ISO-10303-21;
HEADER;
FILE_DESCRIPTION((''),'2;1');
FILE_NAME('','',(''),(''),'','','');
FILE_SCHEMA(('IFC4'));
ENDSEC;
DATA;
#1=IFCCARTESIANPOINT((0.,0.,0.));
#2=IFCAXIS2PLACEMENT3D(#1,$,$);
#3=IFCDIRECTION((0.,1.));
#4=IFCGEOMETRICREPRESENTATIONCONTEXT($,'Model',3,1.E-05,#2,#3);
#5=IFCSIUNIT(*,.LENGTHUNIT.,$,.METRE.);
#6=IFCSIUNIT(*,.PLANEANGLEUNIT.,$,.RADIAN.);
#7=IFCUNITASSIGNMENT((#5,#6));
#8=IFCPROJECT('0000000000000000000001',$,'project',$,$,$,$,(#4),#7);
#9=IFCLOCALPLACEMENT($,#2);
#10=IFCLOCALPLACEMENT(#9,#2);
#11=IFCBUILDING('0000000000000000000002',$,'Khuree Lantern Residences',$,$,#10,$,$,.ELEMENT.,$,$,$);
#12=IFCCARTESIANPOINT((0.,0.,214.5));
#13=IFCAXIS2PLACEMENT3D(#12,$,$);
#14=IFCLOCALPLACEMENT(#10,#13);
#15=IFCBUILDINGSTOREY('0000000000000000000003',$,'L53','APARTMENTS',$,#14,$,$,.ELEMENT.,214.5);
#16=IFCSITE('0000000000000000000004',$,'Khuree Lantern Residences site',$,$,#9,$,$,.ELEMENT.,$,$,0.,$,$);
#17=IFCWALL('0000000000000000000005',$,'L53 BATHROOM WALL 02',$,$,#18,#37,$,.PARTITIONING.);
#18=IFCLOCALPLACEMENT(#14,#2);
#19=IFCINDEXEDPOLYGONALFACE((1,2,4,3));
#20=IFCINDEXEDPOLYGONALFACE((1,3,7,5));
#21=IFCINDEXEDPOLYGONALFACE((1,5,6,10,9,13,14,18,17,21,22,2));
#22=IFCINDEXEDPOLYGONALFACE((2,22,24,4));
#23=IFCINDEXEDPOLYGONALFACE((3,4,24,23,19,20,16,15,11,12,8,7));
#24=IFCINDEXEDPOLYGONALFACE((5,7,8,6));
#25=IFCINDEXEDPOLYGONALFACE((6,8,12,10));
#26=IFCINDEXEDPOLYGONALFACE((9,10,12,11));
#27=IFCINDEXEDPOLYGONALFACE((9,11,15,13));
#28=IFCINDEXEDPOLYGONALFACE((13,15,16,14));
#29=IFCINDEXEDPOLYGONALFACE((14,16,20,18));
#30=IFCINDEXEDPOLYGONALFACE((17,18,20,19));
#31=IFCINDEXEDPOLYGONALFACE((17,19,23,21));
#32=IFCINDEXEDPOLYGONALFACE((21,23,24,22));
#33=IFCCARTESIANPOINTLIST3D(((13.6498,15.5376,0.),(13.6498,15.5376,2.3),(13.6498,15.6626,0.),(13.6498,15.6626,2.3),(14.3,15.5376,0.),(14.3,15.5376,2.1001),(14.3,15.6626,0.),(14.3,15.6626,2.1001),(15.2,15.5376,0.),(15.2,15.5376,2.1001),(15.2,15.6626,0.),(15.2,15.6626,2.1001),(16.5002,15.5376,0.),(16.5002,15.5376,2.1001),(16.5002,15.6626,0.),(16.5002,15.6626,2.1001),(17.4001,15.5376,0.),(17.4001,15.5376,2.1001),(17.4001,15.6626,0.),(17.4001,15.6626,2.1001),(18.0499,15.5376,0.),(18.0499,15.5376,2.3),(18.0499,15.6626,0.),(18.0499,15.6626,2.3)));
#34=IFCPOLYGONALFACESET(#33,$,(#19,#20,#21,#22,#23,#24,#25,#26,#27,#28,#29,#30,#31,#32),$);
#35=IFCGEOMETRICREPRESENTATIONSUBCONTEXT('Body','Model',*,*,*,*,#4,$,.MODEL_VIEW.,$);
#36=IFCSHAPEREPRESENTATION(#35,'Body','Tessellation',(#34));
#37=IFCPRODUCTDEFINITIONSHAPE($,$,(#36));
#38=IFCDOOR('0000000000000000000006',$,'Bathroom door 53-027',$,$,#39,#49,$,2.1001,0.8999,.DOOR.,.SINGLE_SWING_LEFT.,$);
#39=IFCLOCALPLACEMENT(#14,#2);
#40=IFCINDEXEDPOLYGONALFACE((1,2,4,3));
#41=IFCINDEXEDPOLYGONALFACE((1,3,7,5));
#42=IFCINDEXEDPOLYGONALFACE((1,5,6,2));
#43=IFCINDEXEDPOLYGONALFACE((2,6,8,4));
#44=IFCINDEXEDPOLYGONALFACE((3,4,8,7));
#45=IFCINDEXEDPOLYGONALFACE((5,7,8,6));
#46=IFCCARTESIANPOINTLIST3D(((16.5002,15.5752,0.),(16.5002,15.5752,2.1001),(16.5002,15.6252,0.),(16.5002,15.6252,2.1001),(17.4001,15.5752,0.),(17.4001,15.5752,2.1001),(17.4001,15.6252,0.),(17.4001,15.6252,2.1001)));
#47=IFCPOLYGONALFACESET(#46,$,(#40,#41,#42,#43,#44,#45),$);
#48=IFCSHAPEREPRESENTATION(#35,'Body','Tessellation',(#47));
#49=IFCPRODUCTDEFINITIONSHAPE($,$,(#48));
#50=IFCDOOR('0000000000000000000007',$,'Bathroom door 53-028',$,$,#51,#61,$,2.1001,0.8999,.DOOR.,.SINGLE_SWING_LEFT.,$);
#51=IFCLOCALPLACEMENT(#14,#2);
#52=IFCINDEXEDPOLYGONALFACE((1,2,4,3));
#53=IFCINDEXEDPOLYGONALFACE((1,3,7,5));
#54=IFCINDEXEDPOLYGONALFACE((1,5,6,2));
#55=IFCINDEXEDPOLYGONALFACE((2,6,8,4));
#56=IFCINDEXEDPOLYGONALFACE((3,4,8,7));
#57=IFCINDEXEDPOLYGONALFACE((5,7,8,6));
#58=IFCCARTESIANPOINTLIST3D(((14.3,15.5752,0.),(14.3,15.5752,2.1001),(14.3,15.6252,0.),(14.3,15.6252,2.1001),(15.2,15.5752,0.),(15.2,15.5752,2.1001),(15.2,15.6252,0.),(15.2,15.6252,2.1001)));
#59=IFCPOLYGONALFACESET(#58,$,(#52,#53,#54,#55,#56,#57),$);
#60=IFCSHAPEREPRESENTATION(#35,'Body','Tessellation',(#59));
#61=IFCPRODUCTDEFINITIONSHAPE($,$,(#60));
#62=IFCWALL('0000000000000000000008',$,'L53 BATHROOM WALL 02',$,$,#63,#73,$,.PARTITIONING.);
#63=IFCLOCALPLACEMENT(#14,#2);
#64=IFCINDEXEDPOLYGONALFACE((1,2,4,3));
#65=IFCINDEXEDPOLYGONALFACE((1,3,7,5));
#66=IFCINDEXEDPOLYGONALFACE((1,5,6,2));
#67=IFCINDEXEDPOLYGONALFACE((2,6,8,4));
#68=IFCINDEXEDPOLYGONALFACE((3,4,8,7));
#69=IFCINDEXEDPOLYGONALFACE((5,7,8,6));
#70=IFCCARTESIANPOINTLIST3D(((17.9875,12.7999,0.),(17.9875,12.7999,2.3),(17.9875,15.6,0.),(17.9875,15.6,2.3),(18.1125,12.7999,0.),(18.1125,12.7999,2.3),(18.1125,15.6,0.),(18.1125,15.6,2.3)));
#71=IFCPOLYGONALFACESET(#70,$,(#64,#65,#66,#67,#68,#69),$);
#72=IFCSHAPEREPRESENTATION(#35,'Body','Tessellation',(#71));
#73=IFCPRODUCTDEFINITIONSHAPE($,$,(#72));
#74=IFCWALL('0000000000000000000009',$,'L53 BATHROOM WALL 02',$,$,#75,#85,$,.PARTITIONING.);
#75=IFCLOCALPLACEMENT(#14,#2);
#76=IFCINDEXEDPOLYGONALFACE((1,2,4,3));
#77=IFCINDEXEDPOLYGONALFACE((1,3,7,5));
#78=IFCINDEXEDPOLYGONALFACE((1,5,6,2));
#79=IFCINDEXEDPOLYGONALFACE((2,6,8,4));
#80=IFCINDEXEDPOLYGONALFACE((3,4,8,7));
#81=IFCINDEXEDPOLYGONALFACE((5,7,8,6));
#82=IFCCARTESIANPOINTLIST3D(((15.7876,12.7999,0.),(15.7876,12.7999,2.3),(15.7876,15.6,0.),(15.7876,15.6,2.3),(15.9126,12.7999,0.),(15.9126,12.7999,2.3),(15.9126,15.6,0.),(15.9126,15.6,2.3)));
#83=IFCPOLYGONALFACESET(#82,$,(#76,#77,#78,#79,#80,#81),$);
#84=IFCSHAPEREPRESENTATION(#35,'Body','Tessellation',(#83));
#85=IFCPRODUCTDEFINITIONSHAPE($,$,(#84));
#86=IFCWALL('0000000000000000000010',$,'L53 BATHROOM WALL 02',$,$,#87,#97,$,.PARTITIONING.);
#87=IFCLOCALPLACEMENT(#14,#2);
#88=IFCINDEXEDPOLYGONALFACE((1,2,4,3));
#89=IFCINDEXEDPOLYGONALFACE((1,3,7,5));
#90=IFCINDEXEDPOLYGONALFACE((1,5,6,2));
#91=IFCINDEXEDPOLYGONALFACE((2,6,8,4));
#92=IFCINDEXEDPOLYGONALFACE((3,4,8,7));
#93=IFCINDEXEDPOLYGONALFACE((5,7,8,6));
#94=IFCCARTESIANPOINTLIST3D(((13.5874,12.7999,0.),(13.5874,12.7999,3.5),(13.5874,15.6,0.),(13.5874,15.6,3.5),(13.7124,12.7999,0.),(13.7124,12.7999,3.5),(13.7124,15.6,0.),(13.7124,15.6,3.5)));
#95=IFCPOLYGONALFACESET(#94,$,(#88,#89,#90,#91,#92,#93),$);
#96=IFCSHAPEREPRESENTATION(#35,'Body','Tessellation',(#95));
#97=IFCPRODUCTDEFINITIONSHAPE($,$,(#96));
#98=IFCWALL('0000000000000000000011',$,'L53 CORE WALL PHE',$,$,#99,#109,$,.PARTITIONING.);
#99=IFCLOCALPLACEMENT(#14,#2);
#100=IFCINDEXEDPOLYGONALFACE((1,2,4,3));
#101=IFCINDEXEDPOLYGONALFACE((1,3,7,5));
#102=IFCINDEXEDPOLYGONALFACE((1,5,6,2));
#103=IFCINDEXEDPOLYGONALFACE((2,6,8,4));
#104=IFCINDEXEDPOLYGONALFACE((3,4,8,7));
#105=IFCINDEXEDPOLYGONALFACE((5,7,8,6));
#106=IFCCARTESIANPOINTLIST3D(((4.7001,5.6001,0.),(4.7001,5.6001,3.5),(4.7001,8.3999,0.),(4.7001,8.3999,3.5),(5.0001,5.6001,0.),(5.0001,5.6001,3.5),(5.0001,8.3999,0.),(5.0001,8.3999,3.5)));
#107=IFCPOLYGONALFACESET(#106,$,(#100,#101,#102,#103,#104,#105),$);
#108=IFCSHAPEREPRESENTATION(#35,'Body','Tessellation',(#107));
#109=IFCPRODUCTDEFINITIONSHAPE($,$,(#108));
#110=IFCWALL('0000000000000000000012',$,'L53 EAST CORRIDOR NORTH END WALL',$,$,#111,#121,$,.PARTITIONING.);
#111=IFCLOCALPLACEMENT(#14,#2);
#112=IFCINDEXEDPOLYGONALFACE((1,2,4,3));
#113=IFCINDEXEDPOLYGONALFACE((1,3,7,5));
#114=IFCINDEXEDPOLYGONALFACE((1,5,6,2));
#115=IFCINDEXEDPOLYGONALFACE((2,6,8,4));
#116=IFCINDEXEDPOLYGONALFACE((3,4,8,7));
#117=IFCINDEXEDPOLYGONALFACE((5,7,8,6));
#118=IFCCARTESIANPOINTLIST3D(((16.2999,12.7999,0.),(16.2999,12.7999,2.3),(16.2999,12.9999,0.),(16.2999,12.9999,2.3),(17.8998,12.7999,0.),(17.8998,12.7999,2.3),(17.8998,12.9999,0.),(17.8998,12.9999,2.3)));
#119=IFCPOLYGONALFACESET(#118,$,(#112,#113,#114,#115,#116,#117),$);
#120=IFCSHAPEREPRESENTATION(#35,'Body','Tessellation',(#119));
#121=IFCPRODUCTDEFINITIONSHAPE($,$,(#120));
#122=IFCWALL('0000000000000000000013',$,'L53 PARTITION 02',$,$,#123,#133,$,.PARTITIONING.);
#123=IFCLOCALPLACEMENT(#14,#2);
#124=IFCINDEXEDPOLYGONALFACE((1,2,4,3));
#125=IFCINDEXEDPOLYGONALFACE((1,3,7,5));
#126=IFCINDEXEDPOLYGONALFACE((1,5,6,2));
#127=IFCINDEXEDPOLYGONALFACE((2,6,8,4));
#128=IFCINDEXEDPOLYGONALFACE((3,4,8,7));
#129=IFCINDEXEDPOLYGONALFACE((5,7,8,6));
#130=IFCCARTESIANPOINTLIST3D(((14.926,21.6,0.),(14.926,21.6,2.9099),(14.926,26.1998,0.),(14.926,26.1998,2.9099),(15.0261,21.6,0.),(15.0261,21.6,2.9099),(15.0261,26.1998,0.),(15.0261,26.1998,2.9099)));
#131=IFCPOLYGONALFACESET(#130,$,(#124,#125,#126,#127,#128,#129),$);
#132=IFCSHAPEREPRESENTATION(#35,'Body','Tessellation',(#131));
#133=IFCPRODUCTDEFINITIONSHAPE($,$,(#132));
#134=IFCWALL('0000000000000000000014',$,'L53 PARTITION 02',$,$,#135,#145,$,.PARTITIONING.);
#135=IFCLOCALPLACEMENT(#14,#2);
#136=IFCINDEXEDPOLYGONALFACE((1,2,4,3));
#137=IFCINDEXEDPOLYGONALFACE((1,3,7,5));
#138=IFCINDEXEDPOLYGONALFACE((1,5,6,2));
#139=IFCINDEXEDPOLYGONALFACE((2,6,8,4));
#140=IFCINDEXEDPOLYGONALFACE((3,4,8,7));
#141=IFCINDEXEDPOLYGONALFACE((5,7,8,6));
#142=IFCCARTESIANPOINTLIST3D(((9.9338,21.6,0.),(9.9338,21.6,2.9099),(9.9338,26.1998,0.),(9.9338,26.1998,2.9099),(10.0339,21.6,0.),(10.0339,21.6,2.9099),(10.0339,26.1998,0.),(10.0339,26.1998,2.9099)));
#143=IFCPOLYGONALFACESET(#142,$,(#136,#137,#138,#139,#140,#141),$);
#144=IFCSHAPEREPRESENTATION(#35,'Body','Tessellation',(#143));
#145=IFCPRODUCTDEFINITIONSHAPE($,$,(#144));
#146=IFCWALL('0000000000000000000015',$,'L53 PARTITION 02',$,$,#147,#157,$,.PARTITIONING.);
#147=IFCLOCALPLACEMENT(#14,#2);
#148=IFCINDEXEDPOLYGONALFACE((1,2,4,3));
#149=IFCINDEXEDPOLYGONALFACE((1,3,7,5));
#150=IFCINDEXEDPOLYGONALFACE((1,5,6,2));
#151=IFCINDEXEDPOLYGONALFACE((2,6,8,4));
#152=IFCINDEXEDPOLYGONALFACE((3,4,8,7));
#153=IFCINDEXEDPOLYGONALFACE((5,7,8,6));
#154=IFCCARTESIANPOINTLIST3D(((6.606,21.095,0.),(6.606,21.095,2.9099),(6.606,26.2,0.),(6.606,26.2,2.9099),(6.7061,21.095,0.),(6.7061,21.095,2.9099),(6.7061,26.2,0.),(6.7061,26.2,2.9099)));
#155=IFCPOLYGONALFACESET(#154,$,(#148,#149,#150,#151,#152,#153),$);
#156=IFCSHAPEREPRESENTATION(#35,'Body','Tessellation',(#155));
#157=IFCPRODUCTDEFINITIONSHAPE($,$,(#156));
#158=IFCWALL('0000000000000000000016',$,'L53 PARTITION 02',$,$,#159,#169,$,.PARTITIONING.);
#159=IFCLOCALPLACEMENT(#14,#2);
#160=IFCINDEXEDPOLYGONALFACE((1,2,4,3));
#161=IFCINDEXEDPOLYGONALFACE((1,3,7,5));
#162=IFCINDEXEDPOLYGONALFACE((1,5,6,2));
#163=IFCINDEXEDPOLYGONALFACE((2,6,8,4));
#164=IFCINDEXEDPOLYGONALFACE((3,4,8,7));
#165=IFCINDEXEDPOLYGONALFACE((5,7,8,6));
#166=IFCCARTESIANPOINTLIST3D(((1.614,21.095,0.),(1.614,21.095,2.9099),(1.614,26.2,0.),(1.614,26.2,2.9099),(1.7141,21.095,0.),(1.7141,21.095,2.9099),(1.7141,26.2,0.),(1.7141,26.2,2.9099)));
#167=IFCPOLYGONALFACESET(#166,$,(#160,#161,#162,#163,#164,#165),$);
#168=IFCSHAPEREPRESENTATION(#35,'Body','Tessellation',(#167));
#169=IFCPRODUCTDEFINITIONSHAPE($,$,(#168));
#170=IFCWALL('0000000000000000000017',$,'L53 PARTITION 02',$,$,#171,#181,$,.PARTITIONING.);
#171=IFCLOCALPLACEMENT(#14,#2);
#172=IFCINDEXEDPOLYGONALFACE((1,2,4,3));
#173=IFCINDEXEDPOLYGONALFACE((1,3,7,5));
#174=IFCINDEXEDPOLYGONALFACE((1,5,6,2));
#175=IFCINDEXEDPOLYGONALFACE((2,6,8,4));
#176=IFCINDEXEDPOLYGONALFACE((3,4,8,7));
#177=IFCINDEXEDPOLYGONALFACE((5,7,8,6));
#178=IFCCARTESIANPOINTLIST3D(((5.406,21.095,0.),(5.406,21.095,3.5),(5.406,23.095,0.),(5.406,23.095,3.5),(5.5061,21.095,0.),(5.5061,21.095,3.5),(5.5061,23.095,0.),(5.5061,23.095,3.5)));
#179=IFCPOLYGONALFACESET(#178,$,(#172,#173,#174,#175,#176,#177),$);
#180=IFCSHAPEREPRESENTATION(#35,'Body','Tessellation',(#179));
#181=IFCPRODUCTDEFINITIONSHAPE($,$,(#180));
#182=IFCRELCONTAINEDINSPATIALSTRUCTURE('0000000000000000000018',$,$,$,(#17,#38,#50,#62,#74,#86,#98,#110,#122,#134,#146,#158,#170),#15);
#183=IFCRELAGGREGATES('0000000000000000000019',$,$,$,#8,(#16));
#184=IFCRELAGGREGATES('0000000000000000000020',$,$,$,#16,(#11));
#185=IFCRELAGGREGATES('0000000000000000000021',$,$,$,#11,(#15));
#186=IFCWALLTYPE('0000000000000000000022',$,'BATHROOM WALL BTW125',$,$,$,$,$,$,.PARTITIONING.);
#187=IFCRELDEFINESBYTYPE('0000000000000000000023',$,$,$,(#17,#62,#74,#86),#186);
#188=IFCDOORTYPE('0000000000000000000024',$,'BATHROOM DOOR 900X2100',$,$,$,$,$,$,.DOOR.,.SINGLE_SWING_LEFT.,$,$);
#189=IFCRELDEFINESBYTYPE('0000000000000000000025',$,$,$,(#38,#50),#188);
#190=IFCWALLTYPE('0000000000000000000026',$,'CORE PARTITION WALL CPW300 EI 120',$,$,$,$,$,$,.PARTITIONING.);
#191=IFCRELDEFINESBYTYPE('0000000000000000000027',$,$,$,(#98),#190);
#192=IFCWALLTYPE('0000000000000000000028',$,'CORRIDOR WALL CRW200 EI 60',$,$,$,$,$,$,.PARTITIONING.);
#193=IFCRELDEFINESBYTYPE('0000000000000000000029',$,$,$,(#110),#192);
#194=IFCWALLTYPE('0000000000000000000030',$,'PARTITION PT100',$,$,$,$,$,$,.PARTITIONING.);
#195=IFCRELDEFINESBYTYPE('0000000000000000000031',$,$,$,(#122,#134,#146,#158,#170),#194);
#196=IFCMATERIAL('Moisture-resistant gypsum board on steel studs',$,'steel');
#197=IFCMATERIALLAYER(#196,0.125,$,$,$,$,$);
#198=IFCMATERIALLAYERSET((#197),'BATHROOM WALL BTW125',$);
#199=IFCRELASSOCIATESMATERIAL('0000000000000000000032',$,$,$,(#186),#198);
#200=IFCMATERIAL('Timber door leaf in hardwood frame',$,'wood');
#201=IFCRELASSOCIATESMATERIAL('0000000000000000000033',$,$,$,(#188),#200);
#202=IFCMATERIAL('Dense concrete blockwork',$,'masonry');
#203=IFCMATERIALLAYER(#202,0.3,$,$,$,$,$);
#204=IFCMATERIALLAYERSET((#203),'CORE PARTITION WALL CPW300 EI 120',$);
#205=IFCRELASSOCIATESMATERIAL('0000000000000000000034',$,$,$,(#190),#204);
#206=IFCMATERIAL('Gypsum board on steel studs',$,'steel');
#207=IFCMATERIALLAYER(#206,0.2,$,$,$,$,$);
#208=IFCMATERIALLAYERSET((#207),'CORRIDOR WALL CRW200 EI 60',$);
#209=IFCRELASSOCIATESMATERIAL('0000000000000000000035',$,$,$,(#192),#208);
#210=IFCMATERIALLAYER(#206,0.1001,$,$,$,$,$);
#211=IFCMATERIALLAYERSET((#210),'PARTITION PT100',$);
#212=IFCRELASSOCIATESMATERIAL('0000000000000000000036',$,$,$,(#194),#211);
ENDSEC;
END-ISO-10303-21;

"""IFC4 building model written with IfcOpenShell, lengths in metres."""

from ifc_helpers import new_model, si_unit, direction, frame, frame_2d, origin, place, context, subcontext, project, spatial, rectangle, extrude, material, layer, layer_set, type_object, element, fill, save


model = new_model("IFC4")

# Units and contexts
model_context = context("Model", 3, precision=1e-05, world=origin(), true_north=direction((0.0, 1.0)))
body_context = subcontext(model_context, "Body", "Model", "MODEL_VIEW")
ifc_project = project(units=[si_unit("LENGTHUNIT", "METRE"), si_unit("PLANEANGLEUNIT", "RADIAN")], contexts=[model_context])

# Site, building, storey
site_placement = place(None, origin())
site = spatial("IfcSite", under=ifc_project, at=site_placement, Name="Khuree Lantern Residences site", CompositionType="ELEMENT", RefElevation=0.0)
building_placement = place(site_placement, origin())
building = spatial("IfcBuilding", under=site, at=building_placement, Name="Khuree Lantern Residences", CompositionType="ELEMENT")
storey_placement = place(building_placement, frame((0.0, 0.0, 214.5)))
storey = spatial("IfcBuildingStorey", under=building, at=storey_placement, Name="L53", Description="APARTMENTS", CompositionType="ELEMENT", Elevation=214.5)

# Wall, openings, doors
ifc_material_1 = material(Name="Moisture-resistant gypsum board on steel studs", Category="steel")
ifc_layer_1 = layer(ifc_material_1, 0.125)
ifc_layer_set_1 = layer_set([ifc_layer_1], Name="BATHROOM WALL BTW125")
wall_type_1 = type_object("IfcWallType", Name="BATHROOM WALL BTW125", PredefinedType="PARTITIONING", material=ifc_layer_set_1)
wall_1_placement = place(storey_placement, frame((18.05, 15.6001, 0.0), z_axis=(0.0, 0.0, 1.0), x_axis=(-1.0, 0.0, 0.0)))
wall_1 = element("IfcWall", 1, at=wall_1_placement, inside=storey, type_object=wall_type_1, Name="L53 BATHROOM WALL 02", PredefinedType="PARTITIONING", context=body_context, shape_type="SweptSolid", body=[
    extrude(rectangle(XDim=4.4001, YDim=0.125, at=frame_2d((2.2002, 0.0))), origin(), (0.0, 0.0, 1.0), 2.3),
])
opening_1_placement = place(wall_1_placement, frame((0.6499, 0.0, 0.0)))
opening_1 = element("IfcOpeningElement", 2, at=opening_1_placement, cuts=wall_1, PredefinedType="OPENING", context=body_context, shape_type="SweptSolid", body=[
    extrude(rectangle(XDim=0.8999, YDim=2.1001, at=frame_2d((0.45, 1.05))), frame((0.0, 0.0725, 0.0), z_axis=(0.0, -1.0, 0.0), x_axis=(1.0, 0.0, 0.0)), (0.0, 0.0, 1.0), 0.145),
])
opening_2_placement = place(wall_1_placement, frame((2.8501, 0.0, 0.0)))
opening_2 = element("IfcOpeningElement", 3, at=opening_2_placement, cuts=wall_1, PredefinedType="OPENING", context=body_context, shape_type="SweptSolid", body=[
    extrude(rectangle(XDim=0.8999, YDim=2.1001, at=frame_2d((0.45, 1.05))), frame((0.0, 0.0725, 0.0), z_axis=(0.0, -1.0, 0.0), x_axis=(1.0, 0.0, 0.0)), (0.0, 0.0, 1.0), 0.145),
])
ifc_material_2 = material(Name="Timber door leaf in hardwood frame", Category="wood")
door_type = type_object("IfcDoorType", Name="BATHROOM DOOR 900X2100", OperationType="SINGLE_SWING_LEFT", PredefinedType="DOOR", material=ifc_material_2)
door_1_placement = place(opening_1_placement, origin())
door_1 = element("IfcDoor", 4, at=door_1_placement, inside=storey, type_object=door_type, Name="Bathroom door 53-027", OperationType="SINGLE_SWING_LEFT", OverallHeight=2.1001, OverallWidth=0.8999, PredefinedType="DOOR", context=body_context, shape_type="SweptSolid", body=[
    extrude(rectangle(XDim=0.8999, YDim=2.1001, at=frame_2d((0.45, 1.05))), frame((0.0, 0.0249, 0.0), z_axis=(0.0, -1.0, 0.0), x_axis=(1.0, 0.0, 0.0)), (0.0, 0.0, 1.0), 0.05),
])
fill(opening_1, door_1)
door_2_placement = place(opening_2_placement, origin())
door_2 = element("IfcDoor", 5, at=door_2_placement, inside=storey, type_object=door_type, Name="Bathroom door 53-028", OperationType="SINGLE_SWING_LEFT", OverallHeight=2.1001, OverallWidth=0.8999, PredefinedType="DOOR", context=body_context, shape_type="SweptSolid", body=[
    extrude(rectangle(XDim=0.8999, YDim=2.1001, at=frame_2d((0.45, 1.05))), frame((0.0, 0.0249, 0.0), z_axis=(0.0, -1.0, 0.0), x_axis=(1.0, 0.0, 0.0)), (0.0, 0.0, 1.0), 0.05),
])
fill(opening_2, door_2)

# Walls
for number, where, z_axis, x_axis, name in (
    (6, (18.05, 12.8, 0.0), (0.0, 0.0, 1.0), (0.0, 1.0, 0.0), "L53 BATHROOM WALL 02"),
    (7, (15.8501, 12.8, 0.0), (0.0, 0.0, 1.0), (0.0, 1.0, 0.0), "L53 BATHROOM WALL 02"),
):
    element("IfcWall", number, at=place(storey_placement, frame(where, z_axis=z_axis, x_axis=x_axis)), inside=storey, type_object=wall_type_1, Name=name, PredefinedType="PARTITIONING", context=body_context, shape_type="SweptSolid", body=[
        extrude(rectangle(XDim=2.8, YDim=0.125, at=frame_2d((1.3999, 0.0))), origin(), (0.0, 0.0, 1.0), 2.3),
    ])
wall_2_placement = place(storey_placement, frame((13.6499, 12.8, 0.0), z_axis=(0.0, 0.0, 1.0), x_axis=(0.0, 1.0, 0.0)))
element("IfcWall", 8, at=wall_2_placement, inside=storey, type_object=wall_type_1, Name="L53 BATHROOM WALL 02", PredefinedType="PARTITIONING", context=body_context, shape_type="SweptSolid", body=[
    extrude(rectangle(XDim=2.8, YDim=0.125, at=frame_2d((1.3999, 0.0))), origin(), (0.0, 0.0, 1.0), 3.5),
])
ifc_material_3 = material(Name="Dense concrete blockwork", Category="masonry")
ifc_layer_2 = layer(ifc_material_3, 0.3)
ifc_layer_set_2 = layer_set([ifc_layer_2], Name="CORE PARTITION WALL CPW300 EI 120")
wall_type_2 = type_object("IfcWallType", Name="CORE PARTITION WALL CPW300 EI 120", PredefinedType="PARTITIONING", material=ifc_layer_set_2)
wall_3_placement = place(storey_placement, frame((4.8501, 5.6001, 0.0), z_axis=(0.0, 0.0, 1.0), x_axis=(0.0, 1.0, 0.0)))
element("IfcWall", 9, at=wall_3_placement, inside=storey, type_object=wall_type_2, Name="L53 CORE WALL PHE", PredefinedType="PARTITIONING", context=body_context, shape_type="SweptSolid", body=[
    extrude(rectangle(XDim=2.7998, YDim=0.3, at=frame_2d((1.3999, 0.0))), origin(), (0.0, 0.0, 1.0), 3.5),
])
ifc_material_4 = material(Name="Gypsum board on steel studs", Category="steel")
ifc_layer_3 = layer(ifc_material_4, 0.2)
ifc_layer_set_3 = layer_set([ifc_layer_3], Name="CORRIDOR WALL CRW200 EI 60")
wall_type_3 = type_object("IfcWallType", Name="CORRIDOR WALL CRW200 EI 60", PredefinedType="PARTITIONING", material=ifc_layer_set_3)
wall_4_placement = place(storey_placement, frame((16.3, 12.8999, 0.0), z_axis=(0.0, 0.0, 1.0), x_axis=(1.0, 0.0, 0.0)))
element("IfcWall", 10, at=wall_4_placement, inside=storey, type_object=wall_type_3, Name="L53 EAST CORRIDOR NORTH END WALL", PredefinedType="PARTITIONING", context=body_context, shape_type="SweptSolid", body=[
    extrude(rectangle(XDim=1.5999, YDim=0.2, at=frame_2d((0.7998, 0.0))), origin(), (0.0, 0.0, 1.0), 2.3),
])
ifc_layer_4 = layer(ifc_material_4, 0.1001)
ifc_layer_set_4 = layer_set([ifc_layer_4], Name="PARTITION PT100")
wall_type_4 = type_object("IfcWallType", Name="PARTITION PT100", PredefinedType="PARTITIONING", material=ifc_layer_set_4)
for number, where, z_axis, x_axis, name in (
    (11, (14.9761, 21.6001, 0.0), (0.0, 0.0, 1.0), (0.0, 1.0, 0.0), "L53 PARTITION 02"),
    (12, (9.9839, 21.6001, 0.0), (0.0, 0.0, 1.0), (0.0, 1.0, 0.0), "L53 PARTITION 02"),
):
    element("IfcWall", number, at=place(storey_placement, frame(where, z_axis=z_axis, x_axis=x_axis)), inside=storey, type_object=wall_type_4, Name=name, PredefinedType="PARTITIONING", context=body_context, shape_type="SweptSolid", body=[
        extrude(rectangle(XDim=4.5999, YDim=0.1001, at=frame_2d((2.2998, 0.0))), origin(), (0.0, 0.0, 1.0), 2.9099),
    ])
for number, where, z_axis, x_axis, name in (
    (13, (6.656, 21.095, 0.0), (0.0, 0.0, 1.0), (0.0, 1.0, 0.0), "L53 PARTITION 02"),
    (14, (1.6641, 21.095, 0.0), (0.0, 0.0, 1.0), (0.0, 1.0, 0.0), "L53 PARTITION 02"),
):
    element("IfcWall", number, at=place(storey_placement, frame(where, z_axis=z_axis, x_axis=x_axis)), inside=storey, type_object=wall_type_4, Name=name, PredefinedType="PARTITIONING", context=body_context, shape_type="SweptSolid", body=[
        extrude(rectangle(XDim=5.105, YDim=0.1001, at=frame_2d((2.5525, 0.0))), origin(), (0.0, 0.0, 1.0), 2.9099),
    ])
wall_5_placement = place(storey_placement, frame((5.4561, 21.095, 0.0), z_axis=(0.0, 0.0, 1.0), x_axis=(0.0, 1.0, 0.0)))
element("IfcWall", 15, at=wall_5_placement, inside=storey, type_object=wall_type_4, Name="L53 PARTITION 02", PredefinedType="PARTITIONING", context=body_context, shape_type="SweptSolid", body=[
    extrude(rectangle(XDim=2.0, YDim=0.1001, at=frame_2d((1.0, 0.0))), origin(), (0.0, 0.0, 1.0), 3.5),
])

save(model, "model.ifc")
